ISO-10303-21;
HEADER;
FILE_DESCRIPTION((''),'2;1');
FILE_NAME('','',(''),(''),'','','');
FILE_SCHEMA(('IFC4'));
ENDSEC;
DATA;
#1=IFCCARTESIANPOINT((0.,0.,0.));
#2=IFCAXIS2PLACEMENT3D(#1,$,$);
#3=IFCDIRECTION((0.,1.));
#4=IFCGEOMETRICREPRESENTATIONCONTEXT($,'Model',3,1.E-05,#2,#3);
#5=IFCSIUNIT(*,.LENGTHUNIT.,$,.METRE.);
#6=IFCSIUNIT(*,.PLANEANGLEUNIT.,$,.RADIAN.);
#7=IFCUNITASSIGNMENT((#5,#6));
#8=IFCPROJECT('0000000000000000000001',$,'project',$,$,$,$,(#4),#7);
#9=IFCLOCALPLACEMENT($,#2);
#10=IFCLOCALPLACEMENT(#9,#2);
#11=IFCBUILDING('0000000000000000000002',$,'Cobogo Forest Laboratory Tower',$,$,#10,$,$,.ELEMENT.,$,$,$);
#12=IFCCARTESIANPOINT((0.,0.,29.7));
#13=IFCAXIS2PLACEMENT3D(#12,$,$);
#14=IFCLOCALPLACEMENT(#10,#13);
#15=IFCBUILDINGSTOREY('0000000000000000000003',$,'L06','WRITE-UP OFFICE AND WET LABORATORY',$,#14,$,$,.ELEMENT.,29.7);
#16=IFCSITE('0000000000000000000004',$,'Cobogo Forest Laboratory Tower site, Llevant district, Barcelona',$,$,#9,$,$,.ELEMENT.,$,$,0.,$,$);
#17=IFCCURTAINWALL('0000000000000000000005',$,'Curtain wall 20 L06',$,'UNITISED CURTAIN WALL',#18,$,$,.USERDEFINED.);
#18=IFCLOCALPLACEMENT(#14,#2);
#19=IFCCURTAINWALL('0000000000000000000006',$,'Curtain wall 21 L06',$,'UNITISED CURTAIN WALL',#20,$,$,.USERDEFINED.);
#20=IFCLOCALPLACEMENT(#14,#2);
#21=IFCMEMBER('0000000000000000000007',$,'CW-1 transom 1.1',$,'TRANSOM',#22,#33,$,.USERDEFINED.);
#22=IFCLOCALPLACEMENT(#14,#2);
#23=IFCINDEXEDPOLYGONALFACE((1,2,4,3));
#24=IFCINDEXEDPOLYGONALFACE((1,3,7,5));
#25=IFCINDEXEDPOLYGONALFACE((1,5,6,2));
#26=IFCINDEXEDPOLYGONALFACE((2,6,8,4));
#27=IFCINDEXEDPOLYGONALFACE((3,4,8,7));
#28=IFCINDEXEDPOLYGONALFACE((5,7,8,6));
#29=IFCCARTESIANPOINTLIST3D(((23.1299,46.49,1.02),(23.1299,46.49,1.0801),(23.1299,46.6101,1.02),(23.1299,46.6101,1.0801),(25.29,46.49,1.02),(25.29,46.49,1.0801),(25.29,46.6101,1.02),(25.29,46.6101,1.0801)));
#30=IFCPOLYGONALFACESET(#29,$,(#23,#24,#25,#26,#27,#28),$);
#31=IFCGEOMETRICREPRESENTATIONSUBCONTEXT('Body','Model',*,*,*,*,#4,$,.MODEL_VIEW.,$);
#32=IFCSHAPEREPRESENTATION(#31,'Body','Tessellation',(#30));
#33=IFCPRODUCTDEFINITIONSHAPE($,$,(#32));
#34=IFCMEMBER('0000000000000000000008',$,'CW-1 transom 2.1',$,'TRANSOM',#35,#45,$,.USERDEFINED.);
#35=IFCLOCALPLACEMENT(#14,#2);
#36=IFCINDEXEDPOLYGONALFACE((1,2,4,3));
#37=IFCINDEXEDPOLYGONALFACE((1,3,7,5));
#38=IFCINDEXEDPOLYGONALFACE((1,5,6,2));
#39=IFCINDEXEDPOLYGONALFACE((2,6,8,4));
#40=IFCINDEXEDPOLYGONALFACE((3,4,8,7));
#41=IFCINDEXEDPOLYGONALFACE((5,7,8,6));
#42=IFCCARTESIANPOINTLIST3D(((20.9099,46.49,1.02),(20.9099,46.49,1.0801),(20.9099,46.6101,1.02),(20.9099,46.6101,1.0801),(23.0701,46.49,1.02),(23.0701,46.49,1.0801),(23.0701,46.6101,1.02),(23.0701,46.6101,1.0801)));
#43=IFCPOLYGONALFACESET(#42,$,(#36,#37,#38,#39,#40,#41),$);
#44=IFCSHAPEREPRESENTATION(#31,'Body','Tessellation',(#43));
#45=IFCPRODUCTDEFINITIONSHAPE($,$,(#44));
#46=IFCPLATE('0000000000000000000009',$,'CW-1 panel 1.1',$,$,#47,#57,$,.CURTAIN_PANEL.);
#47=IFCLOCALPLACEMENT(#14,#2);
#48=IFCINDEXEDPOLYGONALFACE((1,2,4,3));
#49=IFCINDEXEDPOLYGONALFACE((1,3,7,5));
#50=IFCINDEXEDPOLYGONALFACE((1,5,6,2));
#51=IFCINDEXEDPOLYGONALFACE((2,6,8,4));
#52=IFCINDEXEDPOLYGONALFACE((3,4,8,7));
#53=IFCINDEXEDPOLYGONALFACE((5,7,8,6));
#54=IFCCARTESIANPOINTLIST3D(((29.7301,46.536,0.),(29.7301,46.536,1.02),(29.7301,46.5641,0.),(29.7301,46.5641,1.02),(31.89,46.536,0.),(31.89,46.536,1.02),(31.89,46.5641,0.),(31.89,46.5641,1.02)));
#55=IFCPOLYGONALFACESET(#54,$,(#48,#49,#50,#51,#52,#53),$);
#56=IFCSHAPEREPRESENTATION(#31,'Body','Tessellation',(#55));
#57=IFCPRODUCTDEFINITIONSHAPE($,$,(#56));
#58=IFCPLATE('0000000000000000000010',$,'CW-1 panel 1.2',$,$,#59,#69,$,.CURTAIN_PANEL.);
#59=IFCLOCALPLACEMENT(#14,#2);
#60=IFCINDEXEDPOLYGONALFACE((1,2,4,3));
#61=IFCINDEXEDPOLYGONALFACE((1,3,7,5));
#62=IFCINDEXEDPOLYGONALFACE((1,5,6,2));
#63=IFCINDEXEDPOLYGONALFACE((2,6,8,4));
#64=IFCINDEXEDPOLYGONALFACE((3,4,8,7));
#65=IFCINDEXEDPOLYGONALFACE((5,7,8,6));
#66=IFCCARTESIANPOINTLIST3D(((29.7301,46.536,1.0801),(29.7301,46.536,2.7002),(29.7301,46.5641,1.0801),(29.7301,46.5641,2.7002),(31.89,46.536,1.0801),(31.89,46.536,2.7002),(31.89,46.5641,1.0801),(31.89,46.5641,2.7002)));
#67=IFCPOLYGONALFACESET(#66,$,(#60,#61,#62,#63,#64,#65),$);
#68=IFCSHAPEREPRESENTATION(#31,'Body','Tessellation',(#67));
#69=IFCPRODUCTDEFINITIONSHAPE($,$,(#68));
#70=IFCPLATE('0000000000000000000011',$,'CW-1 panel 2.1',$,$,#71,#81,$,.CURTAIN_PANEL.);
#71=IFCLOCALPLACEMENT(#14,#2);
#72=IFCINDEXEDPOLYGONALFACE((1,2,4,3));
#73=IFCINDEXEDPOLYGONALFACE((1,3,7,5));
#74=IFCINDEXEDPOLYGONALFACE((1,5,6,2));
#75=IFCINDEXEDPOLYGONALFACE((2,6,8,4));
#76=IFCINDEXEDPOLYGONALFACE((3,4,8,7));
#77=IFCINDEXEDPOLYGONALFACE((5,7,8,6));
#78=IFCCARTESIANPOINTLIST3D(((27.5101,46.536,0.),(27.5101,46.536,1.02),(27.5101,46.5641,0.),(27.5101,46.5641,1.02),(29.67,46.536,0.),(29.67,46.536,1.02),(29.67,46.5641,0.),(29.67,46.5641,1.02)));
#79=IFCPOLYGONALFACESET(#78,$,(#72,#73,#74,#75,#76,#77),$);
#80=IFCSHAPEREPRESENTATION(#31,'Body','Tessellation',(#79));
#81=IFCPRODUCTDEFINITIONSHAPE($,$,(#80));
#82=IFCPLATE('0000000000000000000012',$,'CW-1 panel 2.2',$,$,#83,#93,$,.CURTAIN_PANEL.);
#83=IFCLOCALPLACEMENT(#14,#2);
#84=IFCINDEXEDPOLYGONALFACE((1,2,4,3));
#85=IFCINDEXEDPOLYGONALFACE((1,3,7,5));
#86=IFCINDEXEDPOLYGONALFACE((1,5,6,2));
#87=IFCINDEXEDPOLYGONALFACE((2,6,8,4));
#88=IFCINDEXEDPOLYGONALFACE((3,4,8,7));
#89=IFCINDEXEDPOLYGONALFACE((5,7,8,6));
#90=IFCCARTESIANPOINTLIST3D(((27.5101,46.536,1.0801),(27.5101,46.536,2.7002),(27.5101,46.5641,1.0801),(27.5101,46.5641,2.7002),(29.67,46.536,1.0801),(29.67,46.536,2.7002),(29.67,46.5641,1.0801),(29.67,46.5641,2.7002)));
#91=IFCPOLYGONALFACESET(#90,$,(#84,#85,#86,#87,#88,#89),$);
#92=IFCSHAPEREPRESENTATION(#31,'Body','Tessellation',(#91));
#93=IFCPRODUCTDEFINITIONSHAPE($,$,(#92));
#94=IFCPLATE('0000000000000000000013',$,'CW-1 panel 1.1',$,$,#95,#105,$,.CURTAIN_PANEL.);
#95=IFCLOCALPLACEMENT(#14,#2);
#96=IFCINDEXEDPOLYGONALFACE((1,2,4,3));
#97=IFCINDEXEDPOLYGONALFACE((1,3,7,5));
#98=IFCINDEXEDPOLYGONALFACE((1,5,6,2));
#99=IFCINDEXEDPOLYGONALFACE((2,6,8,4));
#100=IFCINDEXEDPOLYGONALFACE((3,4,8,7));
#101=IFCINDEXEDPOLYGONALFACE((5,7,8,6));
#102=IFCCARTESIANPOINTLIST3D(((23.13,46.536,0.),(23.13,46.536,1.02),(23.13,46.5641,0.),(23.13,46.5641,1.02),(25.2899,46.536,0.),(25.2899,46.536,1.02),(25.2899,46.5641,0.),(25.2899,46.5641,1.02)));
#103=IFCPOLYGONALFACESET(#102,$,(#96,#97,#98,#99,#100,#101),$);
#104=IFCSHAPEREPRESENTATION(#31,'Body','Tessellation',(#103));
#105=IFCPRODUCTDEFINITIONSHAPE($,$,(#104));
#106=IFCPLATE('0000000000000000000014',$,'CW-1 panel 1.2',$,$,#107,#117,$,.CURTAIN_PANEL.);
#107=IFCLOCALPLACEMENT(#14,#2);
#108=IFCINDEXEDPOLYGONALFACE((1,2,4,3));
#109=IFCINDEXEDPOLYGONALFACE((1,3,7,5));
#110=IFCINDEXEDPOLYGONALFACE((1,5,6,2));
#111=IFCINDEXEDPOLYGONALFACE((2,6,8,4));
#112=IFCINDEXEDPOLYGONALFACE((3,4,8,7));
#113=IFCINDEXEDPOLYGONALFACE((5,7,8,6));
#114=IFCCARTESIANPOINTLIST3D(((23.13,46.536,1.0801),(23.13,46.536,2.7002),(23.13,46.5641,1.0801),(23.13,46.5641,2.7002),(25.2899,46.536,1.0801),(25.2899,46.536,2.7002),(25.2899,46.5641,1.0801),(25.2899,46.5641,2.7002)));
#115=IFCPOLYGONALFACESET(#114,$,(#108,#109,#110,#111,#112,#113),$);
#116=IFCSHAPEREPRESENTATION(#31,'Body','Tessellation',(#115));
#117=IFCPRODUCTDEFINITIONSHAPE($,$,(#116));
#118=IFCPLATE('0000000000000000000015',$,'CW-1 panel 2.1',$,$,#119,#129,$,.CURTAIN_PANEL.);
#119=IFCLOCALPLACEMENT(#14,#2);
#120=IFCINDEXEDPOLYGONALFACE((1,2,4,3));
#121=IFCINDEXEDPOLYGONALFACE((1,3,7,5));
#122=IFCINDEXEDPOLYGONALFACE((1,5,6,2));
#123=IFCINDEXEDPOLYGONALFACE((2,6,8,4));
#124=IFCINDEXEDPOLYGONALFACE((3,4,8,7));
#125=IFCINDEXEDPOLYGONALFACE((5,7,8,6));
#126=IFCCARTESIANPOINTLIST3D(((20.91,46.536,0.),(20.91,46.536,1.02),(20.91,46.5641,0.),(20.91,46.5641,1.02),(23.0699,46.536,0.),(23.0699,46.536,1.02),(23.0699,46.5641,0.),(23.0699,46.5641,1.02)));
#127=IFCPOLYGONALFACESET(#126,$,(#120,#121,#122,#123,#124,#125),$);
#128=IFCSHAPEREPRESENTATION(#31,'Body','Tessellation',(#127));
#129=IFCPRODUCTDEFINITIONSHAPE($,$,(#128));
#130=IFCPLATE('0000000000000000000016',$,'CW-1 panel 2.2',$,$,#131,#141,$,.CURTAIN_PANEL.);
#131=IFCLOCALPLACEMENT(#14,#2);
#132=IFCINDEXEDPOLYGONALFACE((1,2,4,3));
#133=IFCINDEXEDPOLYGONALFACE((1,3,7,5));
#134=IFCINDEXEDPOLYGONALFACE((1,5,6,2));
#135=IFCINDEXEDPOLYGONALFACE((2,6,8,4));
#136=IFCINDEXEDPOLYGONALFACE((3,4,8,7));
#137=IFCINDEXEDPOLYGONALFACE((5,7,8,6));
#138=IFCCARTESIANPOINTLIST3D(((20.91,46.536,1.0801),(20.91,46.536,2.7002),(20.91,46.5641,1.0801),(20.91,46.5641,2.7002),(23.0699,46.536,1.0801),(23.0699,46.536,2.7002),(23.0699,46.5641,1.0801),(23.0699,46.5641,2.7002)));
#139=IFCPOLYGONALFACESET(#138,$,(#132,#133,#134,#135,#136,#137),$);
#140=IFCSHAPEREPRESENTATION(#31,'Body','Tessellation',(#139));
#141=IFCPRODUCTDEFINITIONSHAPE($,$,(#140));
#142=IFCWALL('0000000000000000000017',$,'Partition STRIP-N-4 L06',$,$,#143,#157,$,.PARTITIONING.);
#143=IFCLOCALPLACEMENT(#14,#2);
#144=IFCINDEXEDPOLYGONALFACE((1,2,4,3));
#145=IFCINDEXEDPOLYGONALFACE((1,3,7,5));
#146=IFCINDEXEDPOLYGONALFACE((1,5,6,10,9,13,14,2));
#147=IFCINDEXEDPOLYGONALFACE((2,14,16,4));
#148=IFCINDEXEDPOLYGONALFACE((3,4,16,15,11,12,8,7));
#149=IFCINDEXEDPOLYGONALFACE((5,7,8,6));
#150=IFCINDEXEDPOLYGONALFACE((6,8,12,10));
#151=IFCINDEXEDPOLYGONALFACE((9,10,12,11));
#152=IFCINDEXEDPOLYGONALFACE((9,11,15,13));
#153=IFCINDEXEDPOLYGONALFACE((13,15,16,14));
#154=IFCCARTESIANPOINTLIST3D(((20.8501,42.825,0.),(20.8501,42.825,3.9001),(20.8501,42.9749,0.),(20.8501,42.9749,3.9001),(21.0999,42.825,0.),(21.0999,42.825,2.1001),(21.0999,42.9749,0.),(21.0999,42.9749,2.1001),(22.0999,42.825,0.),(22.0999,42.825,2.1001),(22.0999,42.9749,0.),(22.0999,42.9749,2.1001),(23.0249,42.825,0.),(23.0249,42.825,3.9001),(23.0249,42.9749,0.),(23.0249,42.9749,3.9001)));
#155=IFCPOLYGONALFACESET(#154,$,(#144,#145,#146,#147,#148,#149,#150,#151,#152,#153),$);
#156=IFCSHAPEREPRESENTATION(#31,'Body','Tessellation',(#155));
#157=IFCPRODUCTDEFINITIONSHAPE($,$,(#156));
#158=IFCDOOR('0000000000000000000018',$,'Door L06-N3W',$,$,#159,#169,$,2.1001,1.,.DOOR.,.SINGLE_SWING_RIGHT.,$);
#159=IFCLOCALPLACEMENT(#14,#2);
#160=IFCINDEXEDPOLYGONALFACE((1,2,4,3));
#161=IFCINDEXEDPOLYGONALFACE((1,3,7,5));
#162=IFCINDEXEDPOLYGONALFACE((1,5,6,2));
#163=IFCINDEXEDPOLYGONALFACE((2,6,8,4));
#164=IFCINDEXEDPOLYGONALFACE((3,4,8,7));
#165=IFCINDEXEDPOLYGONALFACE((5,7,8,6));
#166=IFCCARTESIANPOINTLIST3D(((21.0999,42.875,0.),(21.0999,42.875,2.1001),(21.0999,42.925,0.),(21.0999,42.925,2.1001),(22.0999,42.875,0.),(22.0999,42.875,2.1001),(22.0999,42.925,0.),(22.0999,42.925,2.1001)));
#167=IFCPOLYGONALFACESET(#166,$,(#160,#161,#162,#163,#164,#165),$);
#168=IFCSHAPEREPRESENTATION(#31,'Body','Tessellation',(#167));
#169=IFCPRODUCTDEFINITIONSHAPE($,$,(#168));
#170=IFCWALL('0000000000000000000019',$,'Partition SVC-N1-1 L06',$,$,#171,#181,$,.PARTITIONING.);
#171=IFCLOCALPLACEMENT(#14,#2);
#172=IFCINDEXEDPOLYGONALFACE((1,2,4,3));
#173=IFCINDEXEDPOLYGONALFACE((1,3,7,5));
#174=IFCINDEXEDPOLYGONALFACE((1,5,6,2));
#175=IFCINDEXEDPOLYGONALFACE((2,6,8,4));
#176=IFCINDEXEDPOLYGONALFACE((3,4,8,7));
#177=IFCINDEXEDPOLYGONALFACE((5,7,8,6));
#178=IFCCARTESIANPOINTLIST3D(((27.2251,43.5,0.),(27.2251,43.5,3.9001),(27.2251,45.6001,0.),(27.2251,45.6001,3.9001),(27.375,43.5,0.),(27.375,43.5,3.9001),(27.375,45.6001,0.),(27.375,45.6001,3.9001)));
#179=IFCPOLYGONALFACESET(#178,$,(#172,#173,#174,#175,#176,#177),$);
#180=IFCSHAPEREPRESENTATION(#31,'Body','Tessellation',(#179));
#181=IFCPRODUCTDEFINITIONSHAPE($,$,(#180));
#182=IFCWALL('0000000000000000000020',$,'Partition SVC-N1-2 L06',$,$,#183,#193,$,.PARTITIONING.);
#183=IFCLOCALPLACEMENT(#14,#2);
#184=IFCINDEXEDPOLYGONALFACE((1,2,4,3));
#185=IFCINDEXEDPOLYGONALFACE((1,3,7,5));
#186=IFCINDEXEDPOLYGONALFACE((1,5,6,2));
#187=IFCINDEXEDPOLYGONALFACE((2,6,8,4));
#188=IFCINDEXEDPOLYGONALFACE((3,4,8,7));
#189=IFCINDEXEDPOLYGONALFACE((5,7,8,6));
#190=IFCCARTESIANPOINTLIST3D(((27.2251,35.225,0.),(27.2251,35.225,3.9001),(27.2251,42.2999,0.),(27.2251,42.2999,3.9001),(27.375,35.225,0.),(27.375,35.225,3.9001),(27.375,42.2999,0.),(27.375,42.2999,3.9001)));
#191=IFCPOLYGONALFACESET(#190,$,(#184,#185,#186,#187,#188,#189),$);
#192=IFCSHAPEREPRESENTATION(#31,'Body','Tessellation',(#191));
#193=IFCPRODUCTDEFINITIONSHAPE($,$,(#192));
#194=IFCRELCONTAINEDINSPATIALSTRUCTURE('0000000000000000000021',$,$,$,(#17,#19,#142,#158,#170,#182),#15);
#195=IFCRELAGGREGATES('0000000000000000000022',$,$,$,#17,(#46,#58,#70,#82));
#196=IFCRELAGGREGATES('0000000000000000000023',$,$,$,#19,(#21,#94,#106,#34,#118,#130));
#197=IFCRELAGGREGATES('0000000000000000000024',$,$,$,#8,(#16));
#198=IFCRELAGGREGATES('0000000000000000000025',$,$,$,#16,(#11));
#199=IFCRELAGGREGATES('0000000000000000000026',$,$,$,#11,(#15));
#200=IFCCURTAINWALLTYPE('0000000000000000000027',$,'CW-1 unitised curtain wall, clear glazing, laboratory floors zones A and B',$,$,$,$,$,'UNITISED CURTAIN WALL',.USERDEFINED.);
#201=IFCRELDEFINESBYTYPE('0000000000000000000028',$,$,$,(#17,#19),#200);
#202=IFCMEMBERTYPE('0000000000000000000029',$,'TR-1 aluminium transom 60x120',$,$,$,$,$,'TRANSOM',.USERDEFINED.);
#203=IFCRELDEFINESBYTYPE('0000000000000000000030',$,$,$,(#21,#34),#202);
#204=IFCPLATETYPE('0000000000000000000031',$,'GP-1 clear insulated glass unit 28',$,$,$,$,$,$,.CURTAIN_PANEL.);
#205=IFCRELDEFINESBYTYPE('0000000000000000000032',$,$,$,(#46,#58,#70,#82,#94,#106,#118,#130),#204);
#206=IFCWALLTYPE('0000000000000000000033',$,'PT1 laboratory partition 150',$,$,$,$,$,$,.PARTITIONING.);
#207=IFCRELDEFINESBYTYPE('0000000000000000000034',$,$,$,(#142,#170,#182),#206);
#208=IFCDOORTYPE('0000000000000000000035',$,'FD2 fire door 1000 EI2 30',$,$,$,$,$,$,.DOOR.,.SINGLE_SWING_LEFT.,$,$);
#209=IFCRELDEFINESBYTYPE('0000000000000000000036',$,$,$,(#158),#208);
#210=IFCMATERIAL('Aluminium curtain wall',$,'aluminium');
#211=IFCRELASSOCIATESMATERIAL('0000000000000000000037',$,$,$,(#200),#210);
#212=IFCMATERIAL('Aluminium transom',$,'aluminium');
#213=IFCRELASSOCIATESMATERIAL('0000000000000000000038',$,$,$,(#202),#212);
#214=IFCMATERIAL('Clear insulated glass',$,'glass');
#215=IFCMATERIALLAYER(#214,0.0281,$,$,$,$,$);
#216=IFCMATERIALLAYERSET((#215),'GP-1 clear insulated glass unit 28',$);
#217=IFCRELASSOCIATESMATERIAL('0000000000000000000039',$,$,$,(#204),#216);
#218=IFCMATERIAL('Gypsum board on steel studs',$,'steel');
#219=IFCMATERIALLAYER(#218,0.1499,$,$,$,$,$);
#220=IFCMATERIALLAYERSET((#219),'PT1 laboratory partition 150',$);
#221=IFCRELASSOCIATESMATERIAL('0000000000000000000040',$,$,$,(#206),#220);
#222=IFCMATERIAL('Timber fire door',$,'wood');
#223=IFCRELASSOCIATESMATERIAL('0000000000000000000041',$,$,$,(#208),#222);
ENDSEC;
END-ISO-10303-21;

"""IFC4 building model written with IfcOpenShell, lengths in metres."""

from ifc_helpers import new_model, si_unit, direction, frame, frame_2d, origin, origin_2d, place, context, subcontext, project, spatial, rectangle, extrude, material, layer, layer_set, material_profile, profile_set, type_object, element, fill, aggregate, save


model = new_model("IFC4")

# Units and contexts
model_context = context("Model", 3, precision=1e-05, world=origin(), true_north=direction((0.0, 1.0)))
body_context = subcontext(model_context, "Body", "Model", "MODEL_VIEW")
ifc_project = project(units=[si_unit("LENGTHUNIT", "METRE"), si_unit("PLANEANGLEUNIT", "RADIAN")], contexts=[model_context])

# Site, building, storey
site_placement = place(None, origin())
site = spatial("IfcSite", under=ifc_project, at=site_placement, Name="Cobogo Forest Laboratory Tower site, Llevant district, Barcelona", CompositionType="ELEMENT", RefElevation=0.0)
building_placement = place(site_placement, origin())
building = spatial("IfcBuilding", under=site, at=building_placement, Name="Cobogo Forest Laboratory Tower", CompositionType="ELEMENT")
storey_placement = place(building_placement, frame((0.0, 0.0, 29.7)))
storey = spatial("IfcBuildingStorey", under=building, at=storey_placement, Name="L06", Description="WRITE-UP OFFICE AND WET LABORATORY", CompositionType="ELEMENT", Elevation=29.7)

# Curtain walls
ifc_material_1 = material(Name="Aluminium curtain wall", Category="aluminium")
curtain_wall_type = type_object("IfcCurtainWallType", Name="CW-1 unitised curtain wall, clear glazing, laboratory floors zones A and B", ElementType="UNITISED CURTAIN WALL", PredefinedType="USERDEFINED", material=ifc_material_1)
curtain_wall_1_placement = place(storey_placement, origin())
curtain_wall_1 = element("IfcCurtainWall", 1, at=curtain_wall_1_placement, inside=storey, type_object=curtain_wall_type, Name="Curtain wall 20 L06", ObjectType="UNITISED CURTAIN WALL", PredefinedType="USERDEFINED")
curtain_wall_2_placement = place(storey_placement, origin())
curtain_wall_2 = element("IfcCurtainWall", 2, at=curtain_wall_2_placement, inside=storey, type_object=curtain_wall_type, Name="Curtain wall 21 L06", ObjectType="UNITISED CURTAIN WALL", PredefinedType="USERDEFINED")

# Members
ifc_material_2 = material(Name="Aluminium transom", Category="aluminium")
ifc_material_profile_1 = material_profile(ifc_material_2, rectangle(XDim=0.1201, YDim=0.0601, at=origin_2d()), Name="AL 60x120")
ifc_profile_set_1 = profile_set([ifc_material_profile_1], Name="Aluminium transom")
member_type_1 = type_object("IfcMemberType", Name="TR-1 aluminium transom 60x120", ElementType="TRANSOM", PredefinedType="USERDEFINED", material=ifc_profile_set_1)
member_1_placement = place(storey_placement, frame((25.29, 46.55, 1.05), z_axis=(-1.0, 0.0, 0.0), x_axis=(0.0, -1.0, 0.0)))
member_1 = element("IfcMember", 3, at=member_1_placement, type_object=member_type_1, Name="CW-1 transom 1.1", ObjectType="TRANSOM", PredefinedType="USERDEFINED", context=body_context, shape_type="SweptSolid", body=[
    extrude(rectangle(XDim=0.1201, YDim=0.0601, at=origin_2d()), origin(), (0.0, 0.0, 1.0), 2.1602),
])
member_2_placement = place(storey_placement, frame((23.0701, 46.55, 1.05), z_axis=(-1.0, 0.0, 0.0), x_axis=(0.0, -1.0, 0.0)))
member_2 = element("IfcMember", 4, at=member_2_placement, type_object=member_type_1, Name="CW-1 transom 2.1", ObjectType="TRANSOM", PredefinedType="USERDEFINED", context=body_context, shape_type="SweptSolid", body=[
    extrude(rectangle(XDim=0.1201, YDim=0.0601, at=origin_2d()), origin(), (0.0, 0.0, 1.0), 2.1602),
])

# Plates
ifc_material_3 = material(Name="Clear insulated glass", Category="glass")
ifc_layer_1 = layer(ifc_material_3, 0.0281)
ifc_layer_set_1 = layer_set([ifc_layer_1], Name="GP-1 clear insulated glass unit 28")
plate_type_1 = type_object("IfcPlateType", Name="GP-1 clear insulated glass unit 28", PredefinedType="CURTAIN_PANEL", material=ifc_layer_set_1)
plate_1_placement = place(storey_placement, frame((30.8101, 46.55, 0.0), z_axis=(0.0, 0.0, 1.0), x_axis=(-1.0, 0.0, 0.0)))
plate_1 = element("IfcPlate", 5, at=plate_1_placement, type_object=plate_type_1, Name="CW-1 panel 1.1", PredefinedType="CURTAIN_PANEL", context=body_context, shape_type="SweptSolid", body=[
    extrude(rectangle(XDim=2.1599, YDim=0.0281, at=origin_2d()), origin(), (0.0, 0.0, 1.0), 1.02),
])
plate_2_placement = place(storey_placement, frame((30.8101, 46.55, 1.0801), z_axis=(0.0, 0.0, 1.0), x_axis=(-1.0, 0.0, 0.0)))
plate_2 = element("IfcPlate", 6, at=plate_2_placement, type_object=plate_type_1, Name="CW-1 panel 1.2", PredefinedType="CURTAIN_PANEL", context=body_context, shape_type="SweptSolid", body=[
    extrude(rectangle(XDim=2.1599, YDim=0.0281, at=origin_2d()), origin(), (0.0, 0.0, 1.0), 1.6201),
])
plate_3_placement = place(storey_placement, frame((28.5901, 46.55, 0.0), z_axis=(0.0, 0.0, 1.0), x_axis=(-1.0, 0.0, 0.0)))
plate_3 = element("IfcPlate", 7, at=plate_3_placement, type_object=plate_type_1, Name="CW-1 panel 2.1", PredefinedType="CURTAIN_PANEL", context=body_context, shape_type="SweptSolid", body=[
    extrude(rectangle(XDim=2.1599, YDim=0.0281, at=origin_2d()), origin(), (0.0, 0.0, 1.0), 1.02),
])
plate_4_placement = place(storey_placement, frame((28.5901, 46.55, 1.0801), z_axis=(0.0, 0.0, 1.0), x_axis=(-1.0, 0.0, 0.0)))
plate_4 = element("IfcPlate", 8, at=plate_4_placement, type_object=plate_type_1, Name="CW-1 panel 2.2", PredefinedType="CURTAIN_PANEL", context=body_context, shape_type="SweptSolid", body=[
    extrude(rectangle(XDim=2.1599, YDim=0.0281, at=origin_2d()), origin(), (0.0, 0.0, 1.0), 1.6201),
])
aggregate(curtain_wall_1, [plate_1, plate_2, plate_3, plate_4])
plate_5_placement = place(storey_placement, frame((24.21, 46.55, 0.0), z_axis=(0.0, 0.0, 1.0), x_axis=(-1.0, 0.0, 0.0)))
plate_5 = element("IfcPlate", 9, at=plate_5_placement, type_object=plate_type_1, Name="CW-1 panel 1.1", PredefinedType="CURTAIN_PANEL", context=body_context, shape_type="SweptSolid", body=[
    extrude(rectangle(XDim=2.1599, YDim=0.0281, at=origin_2d()), origin(), (0.0, 0.0, 1.0), 1.02),
])
plate_6_placement = place(storey_placement, frame((24.21, 46.55, 1.0801), z_axis=(0.0, 0.0, 1.0), x_axis=(-1.0, 0.0, 0.0)))
plate_6 = element("IfcPlate", 10, at=plate_6_placement, type_object=plate_type_1, Name="CW-1 panel 1.2", PredefinedType="CURTAIN_PANEL", context=body_context, shape_type="SweptSolid", body=[
    extrude(rectangle(XDim=2.1599, YDim=0.0281, at=origin_2d()), origin(), (0.0, 0.0, 1.0), 1.6201),
])
plate_7_placement = place(storey_placement, frame((21.99, 46.55, 0.0), z_axis=(0.0, 0.0, 1.0), x_axis=(-1.0, 0.0, 0.0)))
plate_7 = element("IfcPlate", 11, at=plate_7_placement, type_object=plate_type_1, Name="CW-1 panel 2.1", PredefinedType="CURTAIN_PANEL", context=body_context, shape_type="SweptSolid", body=[
    extrude(rectangle(XDim=2.1599, YDim=0.0281, at=origin_2d()), origin(), (0.0, 0.0, 1.0), 1.02),
])
plate_8_placement = place(storey_placement, frame((21.99, 46.55, 1.0801), z_axis=(0.0, 0.0, 1.0), x_axis=(-1.0, 0.0, 0.0)))
plate_8 = element("IfcPlate", 12, at=plate_8_placement, type_object=plate_type_1, Name="CW-1 panel 2.2", PredefinedType="CURTAIN_PANEL", context=body_context, shape_type="SweptSolid", body=[
    extrude(rectangle(XDim=2.1599, YDim=0.0281, at=origin_2d()), origin(), (0.0, 0.0, 1.0), 1.6201),
])
aggregate(curtain_wall_2, [member_1, plate_5, plate_6, member_2, plate_7, plate_8])

# Wall, opening, door
ifc_material_4 = material(Name="Gypsum board on steel studs", Category="steel")
ifc_layer_2 = layer(ifc_material_4, 0.1499)
ifc_layer_set_2 = layer_set([ifc_layer_2], Name="PT1 laboratory partition 150")
wall_type_1 = type_object("IfcWallType", Name="PT1 laboratory partition 150", PredefinedType="PARTITIONING", material=ifc_layer_set_2)
wall_1_placement = place(storey_placement, frame((23.0249, 42.8999, 0.0), z_axis=(0.0, 0.0, 1.0), x_axis=(-1.0, 0.0, 0.0)))
wall_1 = element("IfcWall", 13, at=wall_1_placement, inside=storey, type_object=wall_type_1, Name="Partition STRIP-N-4 L06", PredefinedType="PARTITIONING", context=body_context, shape_type="SweptSolid", body=[
    extrude(rectangle(XDim=2.1748, YDim=0.1499, at=frame_2d((1.0874, 0.0))), origin(), (0.0, 0.0, 1.0), 3.9001),
])
opening_placement = place(wall_1_placement, frame((0.925, 0.0, 0.0)))
opening = element("IfcOpeningElement", 14, at=opening_placement, cuts=wall_1, PredefinedType="OPENING", context=body_context, shape_type="SweptSolid", body=[
    extrude(rectangle(XDim=1.0, YDim=2.1001, at=frame_2d((0.5, 1.05))), frame((0.0, 0.085, 0.0), z_axis=(0.0, -1.0, 0.0), x_axis=(1.0, 0.0, 0.0)), (0.0, 0.0, 1.0), 0.1699),
])
ifc_material_5 = material(Name="Timber fire door", Category="wood")
door_type = type_object("IfcDoorType", Name="FD2 fire door 1000 EI2 30", OperationType="SINGLE_SWING_LEFT", PredefinedType="DOOR", material=ifc_material_5)
door_placement = place(opening_placement, origin())
door = element("IfcDoor", 15, at=door_placement, inside=storey, type_object=door_type, Name="Door L06-N3W", OperationType="SINGLE_SWING_RIGHT", OverallHeight=2.1001, OverallWidth=1.0, PredefinedType="DOOR", context=body_context, shape_type="SweptSolid", body=[
    extrude(rectangle(XDim=1.0, YDim=2.1001, at=frame_2d((0.5, 1.05))), frame((0.0, 0.0249, 0.0), z_axis=(0.0, -1.0, 0.0), x_axis=(1.0, 0.0, 0.0)), (0.0, 0.0, 1.0), 0.05),
])
fill(opening, door)

# Walls
wall_2_placement = place(storey_placement, frame((27.3, 45.6001, 0.0), z_axis=(0.0, 0.0, 1.0), x_axis=(0.0, -1.0, 0.0)))
element("IfcWall", 16, at=wall_2_placement, inside=storey, type_object=wall_type_1, Name="Partition SVC-N1-1 L06", PredefinedType="PARTITIONING", context=body_context, shape_type="SweptSolid", body=[
    extrude(rectangle(XDim=2.1001, YDim=0.1499, at=frame_2d((1.05, 0.0))), origin(), (0.0, 0.0, 1.0), 3.9001),
])
wall_3_placement = place(storey_placement, frame((27.3, 42.3, 0.0), z_axis=(0.0, 0.0, 1.0), x_axis=(0.0, -1.0, 0.0)))
element("IfcWall", 17, at=wall_3_placement, inside=storey, type_object=wall_type_1, Name="Partition SVC-N1-2 L06", PredefinedType="PARTITIONING", context=body_context, shape_type="SweptSolid", body=[
    extrude(rectangle(XDim=7.075, YDim=0.1499, at=frame_2d((3.5376, 0.0))), origin(), (0.0, 0.0, 1.0), 3.9001),
])

save(model, "model.ifc")
